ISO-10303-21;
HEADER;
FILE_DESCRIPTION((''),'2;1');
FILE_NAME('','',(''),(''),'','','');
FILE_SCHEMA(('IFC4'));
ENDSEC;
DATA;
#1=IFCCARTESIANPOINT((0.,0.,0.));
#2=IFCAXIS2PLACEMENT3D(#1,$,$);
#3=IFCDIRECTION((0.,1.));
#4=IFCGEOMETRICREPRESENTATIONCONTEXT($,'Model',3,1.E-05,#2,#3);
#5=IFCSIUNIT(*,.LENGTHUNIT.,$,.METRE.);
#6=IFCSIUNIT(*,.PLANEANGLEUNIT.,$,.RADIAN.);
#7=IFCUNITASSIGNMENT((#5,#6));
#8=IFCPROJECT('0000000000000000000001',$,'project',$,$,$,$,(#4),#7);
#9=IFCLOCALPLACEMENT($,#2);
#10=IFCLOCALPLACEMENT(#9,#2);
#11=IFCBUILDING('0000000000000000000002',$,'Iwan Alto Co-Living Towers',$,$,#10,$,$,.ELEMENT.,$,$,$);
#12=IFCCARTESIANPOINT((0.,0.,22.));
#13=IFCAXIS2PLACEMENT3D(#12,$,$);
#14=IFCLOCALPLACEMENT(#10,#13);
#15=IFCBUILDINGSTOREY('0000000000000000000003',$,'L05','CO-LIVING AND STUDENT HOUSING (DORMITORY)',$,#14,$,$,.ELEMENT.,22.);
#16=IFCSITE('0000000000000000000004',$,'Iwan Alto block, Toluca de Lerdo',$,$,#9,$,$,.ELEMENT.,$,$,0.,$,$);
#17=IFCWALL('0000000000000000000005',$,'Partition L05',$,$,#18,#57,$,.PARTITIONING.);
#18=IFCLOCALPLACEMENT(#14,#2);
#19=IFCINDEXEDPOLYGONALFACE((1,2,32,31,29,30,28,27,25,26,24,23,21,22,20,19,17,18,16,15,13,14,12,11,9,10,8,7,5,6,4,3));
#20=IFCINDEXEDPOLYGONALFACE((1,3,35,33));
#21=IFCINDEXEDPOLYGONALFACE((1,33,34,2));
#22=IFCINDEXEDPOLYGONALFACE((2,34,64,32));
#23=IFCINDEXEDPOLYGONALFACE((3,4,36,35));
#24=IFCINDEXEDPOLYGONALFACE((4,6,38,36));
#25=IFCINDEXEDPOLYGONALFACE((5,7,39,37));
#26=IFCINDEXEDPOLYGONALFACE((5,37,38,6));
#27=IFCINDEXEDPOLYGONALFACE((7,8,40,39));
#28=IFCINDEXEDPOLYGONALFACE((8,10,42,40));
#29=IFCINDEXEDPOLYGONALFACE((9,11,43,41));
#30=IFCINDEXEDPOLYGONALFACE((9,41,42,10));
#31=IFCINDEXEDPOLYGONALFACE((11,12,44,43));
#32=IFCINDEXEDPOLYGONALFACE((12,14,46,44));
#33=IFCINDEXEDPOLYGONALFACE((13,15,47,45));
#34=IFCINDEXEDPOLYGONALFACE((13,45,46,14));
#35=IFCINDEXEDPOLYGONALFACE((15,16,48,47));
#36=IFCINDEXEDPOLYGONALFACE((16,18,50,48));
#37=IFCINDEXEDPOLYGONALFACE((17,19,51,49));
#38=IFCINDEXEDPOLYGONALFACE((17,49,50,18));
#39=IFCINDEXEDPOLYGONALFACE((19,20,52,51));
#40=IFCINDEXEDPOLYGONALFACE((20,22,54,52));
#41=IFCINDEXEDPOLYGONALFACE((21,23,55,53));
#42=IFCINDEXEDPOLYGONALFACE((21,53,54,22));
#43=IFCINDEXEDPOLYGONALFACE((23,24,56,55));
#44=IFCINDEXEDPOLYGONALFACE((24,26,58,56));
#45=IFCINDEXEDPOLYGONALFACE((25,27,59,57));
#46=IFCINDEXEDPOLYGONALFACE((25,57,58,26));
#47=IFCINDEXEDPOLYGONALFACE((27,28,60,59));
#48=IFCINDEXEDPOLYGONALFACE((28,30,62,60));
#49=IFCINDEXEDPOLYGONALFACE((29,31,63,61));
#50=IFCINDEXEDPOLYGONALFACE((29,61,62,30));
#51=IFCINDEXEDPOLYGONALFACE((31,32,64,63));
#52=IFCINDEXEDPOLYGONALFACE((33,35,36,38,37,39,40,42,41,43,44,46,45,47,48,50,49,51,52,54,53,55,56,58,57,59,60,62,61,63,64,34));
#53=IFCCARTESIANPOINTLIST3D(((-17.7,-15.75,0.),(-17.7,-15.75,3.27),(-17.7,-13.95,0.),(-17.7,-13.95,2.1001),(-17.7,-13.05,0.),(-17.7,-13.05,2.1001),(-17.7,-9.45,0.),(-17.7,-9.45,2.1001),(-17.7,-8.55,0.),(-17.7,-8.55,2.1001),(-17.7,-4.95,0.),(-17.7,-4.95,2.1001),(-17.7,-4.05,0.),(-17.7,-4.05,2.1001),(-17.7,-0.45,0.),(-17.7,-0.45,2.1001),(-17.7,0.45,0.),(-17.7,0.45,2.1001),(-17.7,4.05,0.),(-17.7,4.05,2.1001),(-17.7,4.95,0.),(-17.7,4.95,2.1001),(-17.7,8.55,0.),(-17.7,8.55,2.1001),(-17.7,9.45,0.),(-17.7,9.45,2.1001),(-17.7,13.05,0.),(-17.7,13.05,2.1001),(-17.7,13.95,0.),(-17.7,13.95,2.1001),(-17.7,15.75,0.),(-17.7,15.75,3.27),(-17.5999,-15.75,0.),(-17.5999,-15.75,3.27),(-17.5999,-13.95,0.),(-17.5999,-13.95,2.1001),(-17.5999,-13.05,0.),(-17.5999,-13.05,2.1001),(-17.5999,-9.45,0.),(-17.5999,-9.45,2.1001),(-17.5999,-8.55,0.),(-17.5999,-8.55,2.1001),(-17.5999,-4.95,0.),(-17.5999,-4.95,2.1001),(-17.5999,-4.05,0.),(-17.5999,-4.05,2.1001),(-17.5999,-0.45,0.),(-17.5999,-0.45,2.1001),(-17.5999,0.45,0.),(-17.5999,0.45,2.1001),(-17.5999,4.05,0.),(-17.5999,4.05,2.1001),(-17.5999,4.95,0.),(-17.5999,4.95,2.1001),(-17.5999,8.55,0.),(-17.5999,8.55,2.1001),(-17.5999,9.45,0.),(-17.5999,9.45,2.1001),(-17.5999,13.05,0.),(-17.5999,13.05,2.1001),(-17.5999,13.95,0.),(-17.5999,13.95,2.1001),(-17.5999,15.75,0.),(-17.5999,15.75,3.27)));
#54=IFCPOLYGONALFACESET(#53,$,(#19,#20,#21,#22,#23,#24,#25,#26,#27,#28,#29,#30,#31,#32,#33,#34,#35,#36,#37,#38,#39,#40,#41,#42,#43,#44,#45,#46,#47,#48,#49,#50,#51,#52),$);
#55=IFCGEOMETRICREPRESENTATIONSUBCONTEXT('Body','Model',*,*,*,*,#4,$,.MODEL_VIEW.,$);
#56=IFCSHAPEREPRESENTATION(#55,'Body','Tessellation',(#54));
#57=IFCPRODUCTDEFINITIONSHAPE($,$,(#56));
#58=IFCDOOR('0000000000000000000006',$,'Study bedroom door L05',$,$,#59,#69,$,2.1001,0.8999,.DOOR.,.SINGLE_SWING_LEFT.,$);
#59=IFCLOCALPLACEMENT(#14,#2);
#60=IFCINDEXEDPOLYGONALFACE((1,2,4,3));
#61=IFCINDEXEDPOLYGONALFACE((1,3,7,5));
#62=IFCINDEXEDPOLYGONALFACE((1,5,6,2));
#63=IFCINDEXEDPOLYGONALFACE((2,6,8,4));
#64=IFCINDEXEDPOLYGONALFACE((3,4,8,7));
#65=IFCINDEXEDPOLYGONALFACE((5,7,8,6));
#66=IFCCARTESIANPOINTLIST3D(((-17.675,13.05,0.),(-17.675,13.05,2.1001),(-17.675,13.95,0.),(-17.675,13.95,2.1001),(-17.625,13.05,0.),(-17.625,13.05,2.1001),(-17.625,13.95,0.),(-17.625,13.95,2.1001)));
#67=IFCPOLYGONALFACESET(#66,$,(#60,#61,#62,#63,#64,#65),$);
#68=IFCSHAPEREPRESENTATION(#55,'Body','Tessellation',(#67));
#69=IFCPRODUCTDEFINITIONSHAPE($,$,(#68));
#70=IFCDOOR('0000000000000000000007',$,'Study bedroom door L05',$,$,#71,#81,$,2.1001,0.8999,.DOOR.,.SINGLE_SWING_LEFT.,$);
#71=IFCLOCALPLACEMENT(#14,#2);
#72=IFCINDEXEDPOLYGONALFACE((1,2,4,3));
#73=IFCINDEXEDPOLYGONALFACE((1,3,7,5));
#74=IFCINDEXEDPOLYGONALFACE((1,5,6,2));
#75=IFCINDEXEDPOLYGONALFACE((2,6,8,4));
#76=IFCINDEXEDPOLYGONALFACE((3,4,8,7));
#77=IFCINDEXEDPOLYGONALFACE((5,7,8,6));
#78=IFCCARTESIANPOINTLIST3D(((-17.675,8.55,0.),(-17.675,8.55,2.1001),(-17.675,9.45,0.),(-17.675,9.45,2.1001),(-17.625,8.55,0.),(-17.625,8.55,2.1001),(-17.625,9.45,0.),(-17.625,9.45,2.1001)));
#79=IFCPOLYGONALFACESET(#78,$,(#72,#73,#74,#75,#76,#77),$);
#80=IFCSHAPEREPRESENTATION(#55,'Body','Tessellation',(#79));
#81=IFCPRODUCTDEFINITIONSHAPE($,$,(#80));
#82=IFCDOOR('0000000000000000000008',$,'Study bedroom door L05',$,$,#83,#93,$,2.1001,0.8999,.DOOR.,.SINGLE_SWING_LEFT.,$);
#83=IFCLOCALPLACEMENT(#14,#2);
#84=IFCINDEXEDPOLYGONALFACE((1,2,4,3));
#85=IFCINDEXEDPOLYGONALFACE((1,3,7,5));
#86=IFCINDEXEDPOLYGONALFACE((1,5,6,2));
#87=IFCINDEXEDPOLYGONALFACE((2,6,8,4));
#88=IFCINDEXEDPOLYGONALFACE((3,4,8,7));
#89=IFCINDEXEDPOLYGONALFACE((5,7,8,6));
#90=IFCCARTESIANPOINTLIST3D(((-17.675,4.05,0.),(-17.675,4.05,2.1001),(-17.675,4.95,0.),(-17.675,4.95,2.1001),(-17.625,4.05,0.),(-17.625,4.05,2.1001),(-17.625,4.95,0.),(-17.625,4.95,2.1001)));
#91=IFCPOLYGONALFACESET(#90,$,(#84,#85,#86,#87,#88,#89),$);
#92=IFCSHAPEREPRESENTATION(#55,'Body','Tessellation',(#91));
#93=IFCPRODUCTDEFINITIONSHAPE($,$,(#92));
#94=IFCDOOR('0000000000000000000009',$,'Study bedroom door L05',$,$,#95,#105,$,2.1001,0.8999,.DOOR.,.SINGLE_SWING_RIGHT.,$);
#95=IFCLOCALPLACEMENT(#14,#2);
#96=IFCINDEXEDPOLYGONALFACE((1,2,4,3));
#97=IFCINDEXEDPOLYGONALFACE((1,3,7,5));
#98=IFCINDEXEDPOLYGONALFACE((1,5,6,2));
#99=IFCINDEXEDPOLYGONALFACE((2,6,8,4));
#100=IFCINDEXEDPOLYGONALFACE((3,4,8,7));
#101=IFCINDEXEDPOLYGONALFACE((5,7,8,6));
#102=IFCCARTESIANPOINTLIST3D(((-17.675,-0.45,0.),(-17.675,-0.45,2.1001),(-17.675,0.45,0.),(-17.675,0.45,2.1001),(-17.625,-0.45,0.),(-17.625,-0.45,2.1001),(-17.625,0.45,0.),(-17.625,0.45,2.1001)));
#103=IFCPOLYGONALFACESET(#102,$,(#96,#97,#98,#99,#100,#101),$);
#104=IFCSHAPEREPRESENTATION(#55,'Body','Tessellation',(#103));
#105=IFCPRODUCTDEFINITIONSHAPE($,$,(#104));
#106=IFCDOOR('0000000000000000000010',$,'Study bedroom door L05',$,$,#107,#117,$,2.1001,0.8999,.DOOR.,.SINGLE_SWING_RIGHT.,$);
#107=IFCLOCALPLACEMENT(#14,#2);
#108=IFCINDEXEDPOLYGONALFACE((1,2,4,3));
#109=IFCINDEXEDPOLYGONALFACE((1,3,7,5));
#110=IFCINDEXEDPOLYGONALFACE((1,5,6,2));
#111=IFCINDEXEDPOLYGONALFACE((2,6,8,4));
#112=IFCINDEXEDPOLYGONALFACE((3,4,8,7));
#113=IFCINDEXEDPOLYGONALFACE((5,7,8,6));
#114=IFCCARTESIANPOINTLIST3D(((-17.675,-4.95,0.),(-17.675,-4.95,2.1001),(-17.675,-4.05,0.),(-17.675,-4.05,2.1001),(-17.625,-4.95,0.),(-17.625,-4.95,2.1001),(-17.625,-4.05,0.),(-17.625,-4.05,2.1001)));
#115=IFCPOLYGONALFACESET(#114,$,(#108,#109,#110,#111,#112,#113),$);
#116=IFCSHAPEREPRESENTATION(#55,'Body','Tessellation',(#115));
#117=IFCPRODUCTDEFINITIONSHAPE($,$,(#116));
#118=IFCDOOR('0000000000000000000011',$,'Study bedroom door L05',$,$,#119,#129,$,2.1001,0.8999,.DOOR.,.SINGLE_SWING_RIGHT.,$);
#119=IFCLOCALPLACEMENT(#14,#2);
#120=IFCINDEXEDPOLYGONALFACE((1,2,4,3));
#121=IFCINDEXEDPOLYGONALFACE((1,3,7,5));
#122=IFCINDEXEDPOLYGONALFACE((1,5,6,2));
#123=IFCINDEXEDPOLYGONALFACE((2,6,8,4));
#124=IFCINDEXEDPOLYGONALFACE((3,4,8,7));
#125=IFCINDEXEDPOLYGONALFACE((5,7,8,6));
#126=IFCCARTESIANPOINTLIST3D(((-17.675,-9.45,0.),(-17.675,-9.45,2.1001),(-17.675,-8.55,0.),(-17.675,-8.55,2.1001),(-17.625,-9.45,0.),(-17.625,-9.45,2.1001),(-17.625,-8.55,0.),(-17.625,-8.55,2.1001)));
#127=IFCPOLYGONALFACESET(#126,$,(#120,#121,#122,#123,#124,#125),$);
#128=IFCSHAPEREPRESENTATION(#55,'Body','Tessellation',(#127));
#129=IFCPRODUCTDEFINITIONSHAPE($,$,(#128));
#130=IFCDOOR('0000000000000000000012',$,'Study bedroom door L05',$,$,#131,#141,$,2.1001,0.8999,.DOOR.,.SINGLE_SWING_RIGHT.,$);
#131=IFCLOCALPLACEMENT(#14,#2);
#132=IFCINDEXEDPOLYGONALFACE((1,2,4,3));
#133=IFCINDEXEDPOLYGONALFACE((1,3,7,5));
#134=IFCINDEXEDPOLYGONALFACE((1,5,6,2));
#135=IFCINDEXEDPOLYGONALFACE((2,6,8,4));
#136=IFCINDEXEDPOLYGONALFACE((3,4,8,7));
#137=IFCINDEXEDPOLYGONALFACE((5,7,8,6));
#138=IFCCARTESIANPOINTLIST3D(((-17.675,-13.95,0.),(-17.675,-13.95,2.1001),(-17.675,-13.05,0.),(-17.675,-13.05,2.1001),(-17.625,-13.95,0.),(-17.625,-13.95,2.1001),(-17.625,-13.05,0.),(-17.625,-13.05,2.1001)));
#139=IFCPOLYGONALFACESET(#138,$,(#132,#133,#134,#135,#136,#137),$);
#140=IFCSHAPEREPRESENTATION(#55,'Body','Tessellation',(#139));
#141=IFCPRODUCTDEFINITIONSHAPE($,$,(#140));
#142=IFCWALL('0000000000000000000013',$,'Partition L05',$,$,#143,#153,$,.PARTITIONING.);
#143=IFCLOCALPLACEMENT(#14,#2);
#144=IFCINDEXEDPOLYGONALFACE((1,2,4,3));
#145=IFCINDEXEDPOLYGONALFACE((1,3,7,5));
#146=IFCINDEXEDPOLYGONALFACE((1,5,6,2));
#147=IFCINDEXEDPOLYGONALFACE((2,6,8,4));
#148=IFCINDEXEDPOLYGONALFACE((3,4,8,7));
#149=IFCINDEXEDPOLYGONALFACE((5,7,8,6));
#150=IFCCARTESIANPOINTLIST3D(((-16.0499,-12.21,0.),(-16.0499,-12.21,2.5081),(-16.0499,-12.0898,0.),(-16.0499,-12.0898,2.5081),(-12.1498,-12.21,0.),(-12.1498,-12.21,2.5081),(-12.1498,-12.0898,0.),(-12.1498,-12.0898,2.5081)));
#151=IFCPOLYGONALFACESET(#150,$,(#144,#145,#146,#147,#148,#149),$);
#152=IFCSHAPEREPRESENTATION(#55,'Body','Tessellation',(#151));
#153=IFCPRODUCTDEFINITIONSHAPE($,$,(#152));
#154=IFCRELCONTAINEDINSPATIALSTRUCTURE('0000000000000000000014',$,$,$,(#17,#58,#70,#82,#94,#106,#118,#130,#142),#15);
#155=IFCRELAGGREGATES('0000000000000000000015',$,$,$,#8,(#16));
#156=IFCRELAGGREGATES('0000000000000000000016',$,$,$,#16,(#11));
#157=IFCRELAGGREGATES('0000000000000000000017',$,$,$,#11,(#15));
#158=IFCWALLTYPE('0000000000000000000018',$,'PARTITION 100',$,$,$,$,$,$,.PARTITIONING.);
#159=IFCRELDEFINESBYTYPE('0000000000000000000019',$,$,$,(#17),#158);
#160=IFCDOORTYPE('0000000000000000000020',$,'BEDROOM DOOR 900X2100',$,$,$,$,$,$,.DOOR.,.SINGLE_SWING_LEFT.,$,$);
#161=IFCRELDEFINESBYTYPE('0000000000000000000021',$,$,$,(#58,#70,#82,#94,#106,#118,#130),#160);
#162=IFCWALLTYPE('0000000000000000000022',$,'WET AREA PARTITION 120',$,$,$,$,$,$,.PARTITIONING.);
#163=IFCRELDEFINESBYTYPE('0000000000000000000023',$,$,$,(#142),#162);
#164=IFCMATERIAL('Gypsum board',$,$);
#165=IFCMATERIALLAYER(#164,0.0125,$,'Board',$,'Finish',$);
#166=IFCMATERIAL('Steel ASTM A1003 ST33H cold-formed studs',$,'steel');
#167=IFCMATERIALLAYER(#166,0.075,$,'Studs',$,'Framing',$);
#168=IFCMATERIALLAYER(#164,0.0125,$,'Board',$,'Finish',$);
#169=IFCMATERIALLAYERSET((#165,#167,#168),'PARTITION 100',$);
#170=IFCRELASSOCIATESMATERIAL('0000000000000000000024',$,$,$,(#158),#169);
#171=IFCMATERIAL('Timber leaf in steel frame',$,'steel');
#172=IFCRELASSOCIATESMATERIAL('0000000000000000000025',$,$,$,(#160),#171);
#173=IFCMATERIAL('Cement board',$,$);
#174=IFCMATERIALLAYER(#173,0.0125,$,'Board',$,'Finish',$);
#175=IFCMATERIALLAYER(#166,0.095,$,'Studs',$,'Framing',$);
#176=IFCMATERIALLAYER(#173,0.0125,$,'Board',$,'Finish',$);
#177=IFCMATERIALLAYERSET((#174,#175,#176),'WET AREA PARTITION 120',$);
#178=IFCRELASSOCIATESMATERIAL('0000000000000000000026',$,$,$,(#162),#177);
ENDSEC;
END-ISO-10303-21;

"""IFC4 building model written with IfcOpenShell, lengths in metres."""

from ifc_helpers import new_model, si_unit, direction, frame, frame_2d, origin, place, context, subcontext, project, spatial, rectangle, extrude, material, layer, layer_set, type_object, element, fill, save


model = new_model("IFC4")

# Units and contexts
model_context = context("Model", 3, precision=1e-05, world=origin(), true_north=direction((0.0, 1.0)))
body_context = subcontext(model_context, "Body", "Model", "MODEL_VIEW")
ifc_project = project(units=[si_unit("LENGTHUNIT", "METRE"), si_unit("PLANEANGLEUNIT", "RADIAN")], contexts=[model_context])

# Site, building, storey
site_placement = place(None, origin())
site = spatial("IfcSite", under=ifc_project, at=site_placement, Name="Iwan Alto block, Toluca de Lerdo", CompositionType="ELEMENT", RefElevation=0.0)
building_placement = place(site_placement, origin())
building = spatial("IfcBuilding", under=site, at=building_placement, Name="Iwan Alto Co-Living Towers", CompositionType="ELEMENT")
storey_placement = place(building_placement, frame((0.0, 0.0, 22.0)))
storey = spatial("IfcBuildingStorey", under=building, at=storey_placement, Name="L05", Description="CO-LIVING AND STUDENT HOUSING (DORMITORY)", CompositionType="ELEMENT", Elevation=22.0)

# Shared definitions
ifc_material_1 = material(Name="Gypsum board")
ifc_layer_1 = layer(ifc_material_1, 0.0125, Name="Board", Category="Finish")
ifc_material_2 = material(Name="Steel ASTM A1003 ST33H cold-formed studs", Category="steel")
ifc_layer_2 = layer(ifc_material_2, 0.075, Name="Studs", Category="Framing")
ifc_layer_3 = layer(ifc_material_1, 0.0125, Name="Board", Category="Finish")
ifc_layer_set_1 = layer_set([ifc_layer_1, ifc_layer_2, ifc_layer_3], Name="PARTITION 100")
wall_type_1 = type_object("IfcWallType", Name="PARTITION 100", PredefinedType="PARTITIONING", material=ifc_layer_set_1)

# Wall, openings, doors
wall_1_placement = place(storey_placement, frame((-17.6499, -15.75, 0.0), z_axis=(0.0, 0.0, 1.0), x_axis=(0.0, 1.0, 0.0)))
wall_1 = element("IfcWall", 1, at=wall_1_placement, inside=storey, type_object=wall_type_1, Name="Partition L05", PredefinedType="PARTITIONING", context=body_context, shape_type="SweptSolid", body=[
    extrude(rectangle(XDim=31.5, YDim=0.1001, at=frame_2d((15.75, 0.0))), origin(), (0.0, 0.0, 1.0), 3.27),
])
opening_1_placement = place(wall_1_placement, frame((28.8, 0.0, 0.0)))
opening_1 = element("IfcOpeningElement", 2, at=opening_1_placement, cuts=wall_1, PredefinedType="OPENING", context=body_context, shape_type="SweptSolid", body=[
    extrude(rectangle(XDim=0.8999, YDim=2.1001, at=frame_2d((0.45, 1.05))), frame((0.0, 0.0601, 0.0), z_axis=(0.0, -1.0, 0.0), x_axis=(1.0, 0.0, 0.0)), (0.0, 0.0, 1.0), 0.1201),
])
opening_2_placement = place(wall_1_placement, frame((24.3, 0.0, 0.0)))
opening_2 = element("IfcOpeningElement", 3, at=opening_2_placement, cuts=wall_1, PredefinedType="OPENING", context=body_context, shape_type="SweptSolid", body=[
    extrude(rectangle(XDim=0.8999, YDim=2.1001, at=frame_2d((0.45, 1.05))), frame((0.0, 0.0601, 0.0), z_axis=(0.0, -1.0, 0.0), x_axis=(1.0, 0.0, 0.0)), (0.0, 0.0, 1.0), 0.1201),
])
opening_3_placement = place(wall_1_placement, frame((19.8, 0.0, 0.0)))
opening_3 = element("IfcOpeningElement", 4, at=opening_3_placement, cuts=wall_1, PredefinedType="OPENING", context=body_context, shape_type="SweptSolid", body=[
    extrude(rectangle(XDim=0.8999, YDim=2.1001, at=frame_2d((0.45, 1.05))), frame((0.0, 0.0601, 0.0), z_axis=(0.0, -1.0, 0.0), x_axis=(1.0, 0.0, 0.0)), (0.0, 0.0, 1.0), 0.1201),
])
opening_4_placement = place(wall_1_placement, frame((15.3, 0.0, 0.0)))
opening_4 = element("IfcOpeningElement", 5, at=opening_4_placement, cuts=wall_1, PredefinedType="OPENING", context=body_context, shape_type="SweptSolid", body=[
    extrude(rectangle(XDim=0.8999, YDim=2.1001, at=frame_2d((0.45, 1.05))), frame((0.0, 0.0601, 0.0), z_axis=(0.0, -1.0, 0.0), x_axis=(1.0, 0.0, 0.0)), (0.0, 0.0, 1.0), 0.1201),
])
opening_5_placement = place(wall_1_placement, frame((10.8, 0.0, 0.0)))
opening_5 = element("IfcOpeningElement", 6, at=opening_5_placement, cuts=wall_1, PredefinedType="OPENING", context=body_context, shape_type="SweptSolid", body=[
    extrude(rectangle(XDim=0.8999, YDim=2.1001, at=frame_2d((0.45, 1.05))), frame((0.0, 0.0601, 0.0), z_axis=(0.0, -1.0, 0.0), x_axis=(1.0, 0.0, 0.0)), (0.0, 0.0, 1.0), 0.1201),
])
opening_6_placement = place(wall_1_placement, frame((6.3, 0.0, 0.0)))
opening_6 = element("IfcOpeningElement", 7, at=opening_6_placement, cuts=wall_1, PredefinedType="OPENING", context=body_context, shape_type="SweptSolid", body=[
    extrude(rectangle(XDim=0.8999, YDim=2.1001, at=frame_2d((0.45, 1.05))), frame((0.0, 0.0601, 0.0), z_axis=(0.0, -1.0, 0.0), x_axis=(1.0, 0.0, 0.0)), (0.0, 0.0, 1.0), 0.1201),
])
opening_7_placement = place(wall_1_placement, frame((1.8, 0.0, 0.0)))
opening_7 = element("IfcOpeningElement", 8, at=opening_7_placement, cuts=wall_1, PredefinedType="OPENING", context=body_context, shape_type="SweptSolid", body=[
    extrude(rectangle(XDim=0.8999, YDim=2.1001, at=frame_2d((0.45, 1.05))), frame((0.0, 0.0601, 0.0), z_axis=(0.0, -1.0, 0.0), x_axis=(1.0, 0.0, 0.0)), (0.0, 0.0, 1.0), 0.1201),
])
ifc_material_3 = material(Name="Timber leaf in steel frame", Category="steel")
door_type_1 = type_object("IfcDoorType", Name="BEDROOM DOOR 900X2100", OperationType="SINGLE_SWING_LEFT", PredefinedType="DOOR", material=ifc_material_3)
door_1_placement = place(opening_1_placement, frame((0.8999, 0.0, 0.0), z_axis=(0.0, 0.0, 1.0), x_axis=(-1.0, 0.0, 0.0)))
door_1 = element("IfcDoor", 9, at=door_1_placement, inside=storey, type_object=door_type_1, Name="Study bedroom door L05", OperationType="SINGLE_SWING_LEFT", OverallHeight=2.1001, OverallWidth=0.8999, PredefinedType="DOOR", context=body_context, shape_type="SweptSolid", body=[
    extrude(rectangle(XDim=0.8999, YDim=2.1001, at=frame_2d((0.45, 1.05))), frame((0.0, 0.0249, 0.0), z_axis=(0.0, -1.0, 0.0), x_axis=(1.0, 0.0, 0.0)), (0.0, 0.0, 1.0), 0.05),
])
fill(opening_1, door_1)
door_2_placement = place(opening_2_placement, frame((0.8999, 0.0, 0.0), z_axis=(0.0, 0.0, 1.0), x_axis=(-1.0, 0.0, 0.0)))
door_2 = element("IfcDoor", 10, at=door_2_placement, inside=storey, type_object=door_type_1, Name="Study bedroom door L05", OperationType="SINGLE_SWING_LEFT", OverallHeight=2.1001, OverallWidth=0.8999, PredefinedType="DOOR", context=body_context, shape_type="SweptSolid", body=[
    extrude(rectangle(XDim=0.8999, YDim=2.1001, at=frame_2d((0.45, 1.05))), frame((0.0, 0.0249, 0.0), z_axis=(0.0, -1.0, 0.0), x_axis=(1.0, 0.0, 0.0)), (0.0, 0.0, 1.0), 0.05),
])
fill(opening_2, door_2)
door_3_placement = place(opening_3_placement, frame((0.8999, 0.0, 0.0), z_axis=(0.0, 0.0, 1.0), x_axis=(-1.0, 0.0, 0.0)))
door_3 = element("IfcDoor", 11, at=door_3_placement, inside=storey, type_object=door_type_1, Name="Study bedroom door L05", OperationType="SINGLE_SWING_LEFT", OverallHeight=2.1001, OverallWidth=0.8999, PredefinedType="DOOR", context=body_context, shape_type="SweptSolid", body=[
    extrude(rectangle(XDim=0.8999, YDim=2.1001, at=frame_2d((0.45, 1.05))), frame((0.0, 0.0249, 0.0), z_axis=(0.0, -1.0, 0.0), x_axis=(1.0, 0.0, 0.0)), (0.0, 0.0, 1.0), 0.05),
])
fill(opening_3, door_3)
door_4_placement = place(opening_4_placement, frame((0.8999, 0.0, 0.0), z_axis=(0.0, 0.0, 1.0), x_axis=(-1.0, 0.0, 0.0)))
door_4 = element("IfcDoor", 12, at=door_4_placement, inside=storey, type_object=door_type_1, Name="Study bedroom door L05", OperationType="SINGLE_SWING_RIGHT", OverallHeight=2.1001, OverallWidth=0.8999, PredefinedType="DOOR", context=body_context, shape_type="SweptSolid", body=[
    extrude(rectangle(XDim=0.8999, YDim=2.1001, at=frame_2d((0.45, 1.05))), frame((0.0, 0.0249, 0.0), z_axis=(0.0, -1.0, 0.0), x_axis=(1.0, 0.0, 0.0)), (0.0, 0.0, 1.0), 0.05),
])
fill(opening_4, door_4)
door_5_placement = place(opening_5_placement, frame((0.8999, 0.0, 0.0), z_axis=(0.0, 0.0, 1.0), x_axis=(-1.0, 0.0, 0.0)))
door_5 = element("IfcDoor", 13, at=door_5_placement, inside=storey, type_object=door_type_1, Name="Study bedroom door L05", OperationType="SINGLE_SWING_RIGHT", OverallHeight=2.1001, OverallWidth=0.8999, PredefinedType="DOOR", context=body_context, shape_type="SweptSolid", body=[
    extrude(rectangle(XDim=0.8999, YDim=2.1001, at=frame_2d((0.45, 1.05))), frame((0.0, 0.0249, 0.0), z_axis=(0.0, -1.0, 0.0), x_axis=(1.0, 0.0, 0.0)), (0.0, 0.0, 1.0), 0.05),
])
fill(opening_5, door_5)
door_6_placement = place(opening_6_placement, frame((0.8999, 0.0, 0.0), z_axis=(0.0, 0.0, 1.0), x_axis=(-1.0, 0.0, 0.0)))
door_6 = element("IfcDoor", 14, at=door_6_placement, inside=storey, type_object=door_type_1, Name="Study bedroom door L05", OperationType="SINGLE_SWING_RIGHT", OverallHeight=2.1001, OverallWidth=0.8999, PredefinedType="DOOR", context=body_context, shape_type="SweptSolid", body=[
    extrude(rectangle(XDim=0.8999, YDim=2.1001, at=frame_2d((0.45, 1.05))), frame((0.0, 0.0249, 0.0), z_axis=(0.0, -1.0, 0.0), x_axis=(1.0, 0.0, 0.0)), (0.0, 0.0, 1.0), 0.05),
])
fill(opening_6, door_6)
door_7_placement = place(opening_7_placement, frame((0.8999, 0.0, 0.0), z_axis=(0.0, 0.0, 1.0), x_axis=(-1.0, 0.0, 0.0)))
door_7 = element("IfcDoor", 15, at=door_7_placement, inside=storey, type_object=door_type_1, Name="Study bedroom door L05", OperationType="SINGLE_SWING_RIGHT", OverallHeight=2.1001, OverallWidth=0.8999, PredefinedType="DOOR", context=body_context, shape_type="SweptSolid", body=[
    extrude(rectangle(XDim=0.8999, YDim=2.1001, at=frame_2d((0.45, 1.05))), frame((0.0, 0.0249, 0.0), z_axis=(0.0, -1.0, 0.0), x_axis=(1.0, 0.0, 0.0)), (0.0, 0.0, 1.0), 0.05),
])
fill(opening_7, door_7)

# Wall
ifc_material_4 = material(Name="Cement board")
ifc_layer_4 = layer(ifc_material_4, 0.0125, Name="Board", Category="Finish")
ifc_layer_5 = layer(ifc_material_2, 0.095, Name="Studs", Category="Framing")
ifc_layer_6 = layer(ifc_material_4, 0.0125, Name="Board", Category="Finish")
ifc_layer_set_2 = layer_set([ifc_layer_4, ifc_layer_5, ifc_layer_6], Name="WET AREA PARTITION 120")
wall_type_2 = type_object("IfcWallType", Name="WET AREA PARTITION 120", PredefinedType="PARTITIONING", material=ifc_layer_set_2)
wall_2_placement = place(storey_placement, frame((-16.05, -12.1499, 0.0), z_axis=(0.0, 0.0, 1.0), x_axis=(1.0, 0.0, 0.0)))
element("IfcWall", 16, at=wall_2_placement, inside=storey, type_object=wall_type_2, Name="Partition L05", PredefinedType="PARTITIONING", context=body_context, shape_type="SweptSolid", body=[
    extrude(rectangle(XDim=3.9001, YDim=0.1201, at=frame_2d((1.9502, 0.0))), origin(), (0.0, 0.0, 1.0), 2.5081),
])

save(model, "model.ifc")
